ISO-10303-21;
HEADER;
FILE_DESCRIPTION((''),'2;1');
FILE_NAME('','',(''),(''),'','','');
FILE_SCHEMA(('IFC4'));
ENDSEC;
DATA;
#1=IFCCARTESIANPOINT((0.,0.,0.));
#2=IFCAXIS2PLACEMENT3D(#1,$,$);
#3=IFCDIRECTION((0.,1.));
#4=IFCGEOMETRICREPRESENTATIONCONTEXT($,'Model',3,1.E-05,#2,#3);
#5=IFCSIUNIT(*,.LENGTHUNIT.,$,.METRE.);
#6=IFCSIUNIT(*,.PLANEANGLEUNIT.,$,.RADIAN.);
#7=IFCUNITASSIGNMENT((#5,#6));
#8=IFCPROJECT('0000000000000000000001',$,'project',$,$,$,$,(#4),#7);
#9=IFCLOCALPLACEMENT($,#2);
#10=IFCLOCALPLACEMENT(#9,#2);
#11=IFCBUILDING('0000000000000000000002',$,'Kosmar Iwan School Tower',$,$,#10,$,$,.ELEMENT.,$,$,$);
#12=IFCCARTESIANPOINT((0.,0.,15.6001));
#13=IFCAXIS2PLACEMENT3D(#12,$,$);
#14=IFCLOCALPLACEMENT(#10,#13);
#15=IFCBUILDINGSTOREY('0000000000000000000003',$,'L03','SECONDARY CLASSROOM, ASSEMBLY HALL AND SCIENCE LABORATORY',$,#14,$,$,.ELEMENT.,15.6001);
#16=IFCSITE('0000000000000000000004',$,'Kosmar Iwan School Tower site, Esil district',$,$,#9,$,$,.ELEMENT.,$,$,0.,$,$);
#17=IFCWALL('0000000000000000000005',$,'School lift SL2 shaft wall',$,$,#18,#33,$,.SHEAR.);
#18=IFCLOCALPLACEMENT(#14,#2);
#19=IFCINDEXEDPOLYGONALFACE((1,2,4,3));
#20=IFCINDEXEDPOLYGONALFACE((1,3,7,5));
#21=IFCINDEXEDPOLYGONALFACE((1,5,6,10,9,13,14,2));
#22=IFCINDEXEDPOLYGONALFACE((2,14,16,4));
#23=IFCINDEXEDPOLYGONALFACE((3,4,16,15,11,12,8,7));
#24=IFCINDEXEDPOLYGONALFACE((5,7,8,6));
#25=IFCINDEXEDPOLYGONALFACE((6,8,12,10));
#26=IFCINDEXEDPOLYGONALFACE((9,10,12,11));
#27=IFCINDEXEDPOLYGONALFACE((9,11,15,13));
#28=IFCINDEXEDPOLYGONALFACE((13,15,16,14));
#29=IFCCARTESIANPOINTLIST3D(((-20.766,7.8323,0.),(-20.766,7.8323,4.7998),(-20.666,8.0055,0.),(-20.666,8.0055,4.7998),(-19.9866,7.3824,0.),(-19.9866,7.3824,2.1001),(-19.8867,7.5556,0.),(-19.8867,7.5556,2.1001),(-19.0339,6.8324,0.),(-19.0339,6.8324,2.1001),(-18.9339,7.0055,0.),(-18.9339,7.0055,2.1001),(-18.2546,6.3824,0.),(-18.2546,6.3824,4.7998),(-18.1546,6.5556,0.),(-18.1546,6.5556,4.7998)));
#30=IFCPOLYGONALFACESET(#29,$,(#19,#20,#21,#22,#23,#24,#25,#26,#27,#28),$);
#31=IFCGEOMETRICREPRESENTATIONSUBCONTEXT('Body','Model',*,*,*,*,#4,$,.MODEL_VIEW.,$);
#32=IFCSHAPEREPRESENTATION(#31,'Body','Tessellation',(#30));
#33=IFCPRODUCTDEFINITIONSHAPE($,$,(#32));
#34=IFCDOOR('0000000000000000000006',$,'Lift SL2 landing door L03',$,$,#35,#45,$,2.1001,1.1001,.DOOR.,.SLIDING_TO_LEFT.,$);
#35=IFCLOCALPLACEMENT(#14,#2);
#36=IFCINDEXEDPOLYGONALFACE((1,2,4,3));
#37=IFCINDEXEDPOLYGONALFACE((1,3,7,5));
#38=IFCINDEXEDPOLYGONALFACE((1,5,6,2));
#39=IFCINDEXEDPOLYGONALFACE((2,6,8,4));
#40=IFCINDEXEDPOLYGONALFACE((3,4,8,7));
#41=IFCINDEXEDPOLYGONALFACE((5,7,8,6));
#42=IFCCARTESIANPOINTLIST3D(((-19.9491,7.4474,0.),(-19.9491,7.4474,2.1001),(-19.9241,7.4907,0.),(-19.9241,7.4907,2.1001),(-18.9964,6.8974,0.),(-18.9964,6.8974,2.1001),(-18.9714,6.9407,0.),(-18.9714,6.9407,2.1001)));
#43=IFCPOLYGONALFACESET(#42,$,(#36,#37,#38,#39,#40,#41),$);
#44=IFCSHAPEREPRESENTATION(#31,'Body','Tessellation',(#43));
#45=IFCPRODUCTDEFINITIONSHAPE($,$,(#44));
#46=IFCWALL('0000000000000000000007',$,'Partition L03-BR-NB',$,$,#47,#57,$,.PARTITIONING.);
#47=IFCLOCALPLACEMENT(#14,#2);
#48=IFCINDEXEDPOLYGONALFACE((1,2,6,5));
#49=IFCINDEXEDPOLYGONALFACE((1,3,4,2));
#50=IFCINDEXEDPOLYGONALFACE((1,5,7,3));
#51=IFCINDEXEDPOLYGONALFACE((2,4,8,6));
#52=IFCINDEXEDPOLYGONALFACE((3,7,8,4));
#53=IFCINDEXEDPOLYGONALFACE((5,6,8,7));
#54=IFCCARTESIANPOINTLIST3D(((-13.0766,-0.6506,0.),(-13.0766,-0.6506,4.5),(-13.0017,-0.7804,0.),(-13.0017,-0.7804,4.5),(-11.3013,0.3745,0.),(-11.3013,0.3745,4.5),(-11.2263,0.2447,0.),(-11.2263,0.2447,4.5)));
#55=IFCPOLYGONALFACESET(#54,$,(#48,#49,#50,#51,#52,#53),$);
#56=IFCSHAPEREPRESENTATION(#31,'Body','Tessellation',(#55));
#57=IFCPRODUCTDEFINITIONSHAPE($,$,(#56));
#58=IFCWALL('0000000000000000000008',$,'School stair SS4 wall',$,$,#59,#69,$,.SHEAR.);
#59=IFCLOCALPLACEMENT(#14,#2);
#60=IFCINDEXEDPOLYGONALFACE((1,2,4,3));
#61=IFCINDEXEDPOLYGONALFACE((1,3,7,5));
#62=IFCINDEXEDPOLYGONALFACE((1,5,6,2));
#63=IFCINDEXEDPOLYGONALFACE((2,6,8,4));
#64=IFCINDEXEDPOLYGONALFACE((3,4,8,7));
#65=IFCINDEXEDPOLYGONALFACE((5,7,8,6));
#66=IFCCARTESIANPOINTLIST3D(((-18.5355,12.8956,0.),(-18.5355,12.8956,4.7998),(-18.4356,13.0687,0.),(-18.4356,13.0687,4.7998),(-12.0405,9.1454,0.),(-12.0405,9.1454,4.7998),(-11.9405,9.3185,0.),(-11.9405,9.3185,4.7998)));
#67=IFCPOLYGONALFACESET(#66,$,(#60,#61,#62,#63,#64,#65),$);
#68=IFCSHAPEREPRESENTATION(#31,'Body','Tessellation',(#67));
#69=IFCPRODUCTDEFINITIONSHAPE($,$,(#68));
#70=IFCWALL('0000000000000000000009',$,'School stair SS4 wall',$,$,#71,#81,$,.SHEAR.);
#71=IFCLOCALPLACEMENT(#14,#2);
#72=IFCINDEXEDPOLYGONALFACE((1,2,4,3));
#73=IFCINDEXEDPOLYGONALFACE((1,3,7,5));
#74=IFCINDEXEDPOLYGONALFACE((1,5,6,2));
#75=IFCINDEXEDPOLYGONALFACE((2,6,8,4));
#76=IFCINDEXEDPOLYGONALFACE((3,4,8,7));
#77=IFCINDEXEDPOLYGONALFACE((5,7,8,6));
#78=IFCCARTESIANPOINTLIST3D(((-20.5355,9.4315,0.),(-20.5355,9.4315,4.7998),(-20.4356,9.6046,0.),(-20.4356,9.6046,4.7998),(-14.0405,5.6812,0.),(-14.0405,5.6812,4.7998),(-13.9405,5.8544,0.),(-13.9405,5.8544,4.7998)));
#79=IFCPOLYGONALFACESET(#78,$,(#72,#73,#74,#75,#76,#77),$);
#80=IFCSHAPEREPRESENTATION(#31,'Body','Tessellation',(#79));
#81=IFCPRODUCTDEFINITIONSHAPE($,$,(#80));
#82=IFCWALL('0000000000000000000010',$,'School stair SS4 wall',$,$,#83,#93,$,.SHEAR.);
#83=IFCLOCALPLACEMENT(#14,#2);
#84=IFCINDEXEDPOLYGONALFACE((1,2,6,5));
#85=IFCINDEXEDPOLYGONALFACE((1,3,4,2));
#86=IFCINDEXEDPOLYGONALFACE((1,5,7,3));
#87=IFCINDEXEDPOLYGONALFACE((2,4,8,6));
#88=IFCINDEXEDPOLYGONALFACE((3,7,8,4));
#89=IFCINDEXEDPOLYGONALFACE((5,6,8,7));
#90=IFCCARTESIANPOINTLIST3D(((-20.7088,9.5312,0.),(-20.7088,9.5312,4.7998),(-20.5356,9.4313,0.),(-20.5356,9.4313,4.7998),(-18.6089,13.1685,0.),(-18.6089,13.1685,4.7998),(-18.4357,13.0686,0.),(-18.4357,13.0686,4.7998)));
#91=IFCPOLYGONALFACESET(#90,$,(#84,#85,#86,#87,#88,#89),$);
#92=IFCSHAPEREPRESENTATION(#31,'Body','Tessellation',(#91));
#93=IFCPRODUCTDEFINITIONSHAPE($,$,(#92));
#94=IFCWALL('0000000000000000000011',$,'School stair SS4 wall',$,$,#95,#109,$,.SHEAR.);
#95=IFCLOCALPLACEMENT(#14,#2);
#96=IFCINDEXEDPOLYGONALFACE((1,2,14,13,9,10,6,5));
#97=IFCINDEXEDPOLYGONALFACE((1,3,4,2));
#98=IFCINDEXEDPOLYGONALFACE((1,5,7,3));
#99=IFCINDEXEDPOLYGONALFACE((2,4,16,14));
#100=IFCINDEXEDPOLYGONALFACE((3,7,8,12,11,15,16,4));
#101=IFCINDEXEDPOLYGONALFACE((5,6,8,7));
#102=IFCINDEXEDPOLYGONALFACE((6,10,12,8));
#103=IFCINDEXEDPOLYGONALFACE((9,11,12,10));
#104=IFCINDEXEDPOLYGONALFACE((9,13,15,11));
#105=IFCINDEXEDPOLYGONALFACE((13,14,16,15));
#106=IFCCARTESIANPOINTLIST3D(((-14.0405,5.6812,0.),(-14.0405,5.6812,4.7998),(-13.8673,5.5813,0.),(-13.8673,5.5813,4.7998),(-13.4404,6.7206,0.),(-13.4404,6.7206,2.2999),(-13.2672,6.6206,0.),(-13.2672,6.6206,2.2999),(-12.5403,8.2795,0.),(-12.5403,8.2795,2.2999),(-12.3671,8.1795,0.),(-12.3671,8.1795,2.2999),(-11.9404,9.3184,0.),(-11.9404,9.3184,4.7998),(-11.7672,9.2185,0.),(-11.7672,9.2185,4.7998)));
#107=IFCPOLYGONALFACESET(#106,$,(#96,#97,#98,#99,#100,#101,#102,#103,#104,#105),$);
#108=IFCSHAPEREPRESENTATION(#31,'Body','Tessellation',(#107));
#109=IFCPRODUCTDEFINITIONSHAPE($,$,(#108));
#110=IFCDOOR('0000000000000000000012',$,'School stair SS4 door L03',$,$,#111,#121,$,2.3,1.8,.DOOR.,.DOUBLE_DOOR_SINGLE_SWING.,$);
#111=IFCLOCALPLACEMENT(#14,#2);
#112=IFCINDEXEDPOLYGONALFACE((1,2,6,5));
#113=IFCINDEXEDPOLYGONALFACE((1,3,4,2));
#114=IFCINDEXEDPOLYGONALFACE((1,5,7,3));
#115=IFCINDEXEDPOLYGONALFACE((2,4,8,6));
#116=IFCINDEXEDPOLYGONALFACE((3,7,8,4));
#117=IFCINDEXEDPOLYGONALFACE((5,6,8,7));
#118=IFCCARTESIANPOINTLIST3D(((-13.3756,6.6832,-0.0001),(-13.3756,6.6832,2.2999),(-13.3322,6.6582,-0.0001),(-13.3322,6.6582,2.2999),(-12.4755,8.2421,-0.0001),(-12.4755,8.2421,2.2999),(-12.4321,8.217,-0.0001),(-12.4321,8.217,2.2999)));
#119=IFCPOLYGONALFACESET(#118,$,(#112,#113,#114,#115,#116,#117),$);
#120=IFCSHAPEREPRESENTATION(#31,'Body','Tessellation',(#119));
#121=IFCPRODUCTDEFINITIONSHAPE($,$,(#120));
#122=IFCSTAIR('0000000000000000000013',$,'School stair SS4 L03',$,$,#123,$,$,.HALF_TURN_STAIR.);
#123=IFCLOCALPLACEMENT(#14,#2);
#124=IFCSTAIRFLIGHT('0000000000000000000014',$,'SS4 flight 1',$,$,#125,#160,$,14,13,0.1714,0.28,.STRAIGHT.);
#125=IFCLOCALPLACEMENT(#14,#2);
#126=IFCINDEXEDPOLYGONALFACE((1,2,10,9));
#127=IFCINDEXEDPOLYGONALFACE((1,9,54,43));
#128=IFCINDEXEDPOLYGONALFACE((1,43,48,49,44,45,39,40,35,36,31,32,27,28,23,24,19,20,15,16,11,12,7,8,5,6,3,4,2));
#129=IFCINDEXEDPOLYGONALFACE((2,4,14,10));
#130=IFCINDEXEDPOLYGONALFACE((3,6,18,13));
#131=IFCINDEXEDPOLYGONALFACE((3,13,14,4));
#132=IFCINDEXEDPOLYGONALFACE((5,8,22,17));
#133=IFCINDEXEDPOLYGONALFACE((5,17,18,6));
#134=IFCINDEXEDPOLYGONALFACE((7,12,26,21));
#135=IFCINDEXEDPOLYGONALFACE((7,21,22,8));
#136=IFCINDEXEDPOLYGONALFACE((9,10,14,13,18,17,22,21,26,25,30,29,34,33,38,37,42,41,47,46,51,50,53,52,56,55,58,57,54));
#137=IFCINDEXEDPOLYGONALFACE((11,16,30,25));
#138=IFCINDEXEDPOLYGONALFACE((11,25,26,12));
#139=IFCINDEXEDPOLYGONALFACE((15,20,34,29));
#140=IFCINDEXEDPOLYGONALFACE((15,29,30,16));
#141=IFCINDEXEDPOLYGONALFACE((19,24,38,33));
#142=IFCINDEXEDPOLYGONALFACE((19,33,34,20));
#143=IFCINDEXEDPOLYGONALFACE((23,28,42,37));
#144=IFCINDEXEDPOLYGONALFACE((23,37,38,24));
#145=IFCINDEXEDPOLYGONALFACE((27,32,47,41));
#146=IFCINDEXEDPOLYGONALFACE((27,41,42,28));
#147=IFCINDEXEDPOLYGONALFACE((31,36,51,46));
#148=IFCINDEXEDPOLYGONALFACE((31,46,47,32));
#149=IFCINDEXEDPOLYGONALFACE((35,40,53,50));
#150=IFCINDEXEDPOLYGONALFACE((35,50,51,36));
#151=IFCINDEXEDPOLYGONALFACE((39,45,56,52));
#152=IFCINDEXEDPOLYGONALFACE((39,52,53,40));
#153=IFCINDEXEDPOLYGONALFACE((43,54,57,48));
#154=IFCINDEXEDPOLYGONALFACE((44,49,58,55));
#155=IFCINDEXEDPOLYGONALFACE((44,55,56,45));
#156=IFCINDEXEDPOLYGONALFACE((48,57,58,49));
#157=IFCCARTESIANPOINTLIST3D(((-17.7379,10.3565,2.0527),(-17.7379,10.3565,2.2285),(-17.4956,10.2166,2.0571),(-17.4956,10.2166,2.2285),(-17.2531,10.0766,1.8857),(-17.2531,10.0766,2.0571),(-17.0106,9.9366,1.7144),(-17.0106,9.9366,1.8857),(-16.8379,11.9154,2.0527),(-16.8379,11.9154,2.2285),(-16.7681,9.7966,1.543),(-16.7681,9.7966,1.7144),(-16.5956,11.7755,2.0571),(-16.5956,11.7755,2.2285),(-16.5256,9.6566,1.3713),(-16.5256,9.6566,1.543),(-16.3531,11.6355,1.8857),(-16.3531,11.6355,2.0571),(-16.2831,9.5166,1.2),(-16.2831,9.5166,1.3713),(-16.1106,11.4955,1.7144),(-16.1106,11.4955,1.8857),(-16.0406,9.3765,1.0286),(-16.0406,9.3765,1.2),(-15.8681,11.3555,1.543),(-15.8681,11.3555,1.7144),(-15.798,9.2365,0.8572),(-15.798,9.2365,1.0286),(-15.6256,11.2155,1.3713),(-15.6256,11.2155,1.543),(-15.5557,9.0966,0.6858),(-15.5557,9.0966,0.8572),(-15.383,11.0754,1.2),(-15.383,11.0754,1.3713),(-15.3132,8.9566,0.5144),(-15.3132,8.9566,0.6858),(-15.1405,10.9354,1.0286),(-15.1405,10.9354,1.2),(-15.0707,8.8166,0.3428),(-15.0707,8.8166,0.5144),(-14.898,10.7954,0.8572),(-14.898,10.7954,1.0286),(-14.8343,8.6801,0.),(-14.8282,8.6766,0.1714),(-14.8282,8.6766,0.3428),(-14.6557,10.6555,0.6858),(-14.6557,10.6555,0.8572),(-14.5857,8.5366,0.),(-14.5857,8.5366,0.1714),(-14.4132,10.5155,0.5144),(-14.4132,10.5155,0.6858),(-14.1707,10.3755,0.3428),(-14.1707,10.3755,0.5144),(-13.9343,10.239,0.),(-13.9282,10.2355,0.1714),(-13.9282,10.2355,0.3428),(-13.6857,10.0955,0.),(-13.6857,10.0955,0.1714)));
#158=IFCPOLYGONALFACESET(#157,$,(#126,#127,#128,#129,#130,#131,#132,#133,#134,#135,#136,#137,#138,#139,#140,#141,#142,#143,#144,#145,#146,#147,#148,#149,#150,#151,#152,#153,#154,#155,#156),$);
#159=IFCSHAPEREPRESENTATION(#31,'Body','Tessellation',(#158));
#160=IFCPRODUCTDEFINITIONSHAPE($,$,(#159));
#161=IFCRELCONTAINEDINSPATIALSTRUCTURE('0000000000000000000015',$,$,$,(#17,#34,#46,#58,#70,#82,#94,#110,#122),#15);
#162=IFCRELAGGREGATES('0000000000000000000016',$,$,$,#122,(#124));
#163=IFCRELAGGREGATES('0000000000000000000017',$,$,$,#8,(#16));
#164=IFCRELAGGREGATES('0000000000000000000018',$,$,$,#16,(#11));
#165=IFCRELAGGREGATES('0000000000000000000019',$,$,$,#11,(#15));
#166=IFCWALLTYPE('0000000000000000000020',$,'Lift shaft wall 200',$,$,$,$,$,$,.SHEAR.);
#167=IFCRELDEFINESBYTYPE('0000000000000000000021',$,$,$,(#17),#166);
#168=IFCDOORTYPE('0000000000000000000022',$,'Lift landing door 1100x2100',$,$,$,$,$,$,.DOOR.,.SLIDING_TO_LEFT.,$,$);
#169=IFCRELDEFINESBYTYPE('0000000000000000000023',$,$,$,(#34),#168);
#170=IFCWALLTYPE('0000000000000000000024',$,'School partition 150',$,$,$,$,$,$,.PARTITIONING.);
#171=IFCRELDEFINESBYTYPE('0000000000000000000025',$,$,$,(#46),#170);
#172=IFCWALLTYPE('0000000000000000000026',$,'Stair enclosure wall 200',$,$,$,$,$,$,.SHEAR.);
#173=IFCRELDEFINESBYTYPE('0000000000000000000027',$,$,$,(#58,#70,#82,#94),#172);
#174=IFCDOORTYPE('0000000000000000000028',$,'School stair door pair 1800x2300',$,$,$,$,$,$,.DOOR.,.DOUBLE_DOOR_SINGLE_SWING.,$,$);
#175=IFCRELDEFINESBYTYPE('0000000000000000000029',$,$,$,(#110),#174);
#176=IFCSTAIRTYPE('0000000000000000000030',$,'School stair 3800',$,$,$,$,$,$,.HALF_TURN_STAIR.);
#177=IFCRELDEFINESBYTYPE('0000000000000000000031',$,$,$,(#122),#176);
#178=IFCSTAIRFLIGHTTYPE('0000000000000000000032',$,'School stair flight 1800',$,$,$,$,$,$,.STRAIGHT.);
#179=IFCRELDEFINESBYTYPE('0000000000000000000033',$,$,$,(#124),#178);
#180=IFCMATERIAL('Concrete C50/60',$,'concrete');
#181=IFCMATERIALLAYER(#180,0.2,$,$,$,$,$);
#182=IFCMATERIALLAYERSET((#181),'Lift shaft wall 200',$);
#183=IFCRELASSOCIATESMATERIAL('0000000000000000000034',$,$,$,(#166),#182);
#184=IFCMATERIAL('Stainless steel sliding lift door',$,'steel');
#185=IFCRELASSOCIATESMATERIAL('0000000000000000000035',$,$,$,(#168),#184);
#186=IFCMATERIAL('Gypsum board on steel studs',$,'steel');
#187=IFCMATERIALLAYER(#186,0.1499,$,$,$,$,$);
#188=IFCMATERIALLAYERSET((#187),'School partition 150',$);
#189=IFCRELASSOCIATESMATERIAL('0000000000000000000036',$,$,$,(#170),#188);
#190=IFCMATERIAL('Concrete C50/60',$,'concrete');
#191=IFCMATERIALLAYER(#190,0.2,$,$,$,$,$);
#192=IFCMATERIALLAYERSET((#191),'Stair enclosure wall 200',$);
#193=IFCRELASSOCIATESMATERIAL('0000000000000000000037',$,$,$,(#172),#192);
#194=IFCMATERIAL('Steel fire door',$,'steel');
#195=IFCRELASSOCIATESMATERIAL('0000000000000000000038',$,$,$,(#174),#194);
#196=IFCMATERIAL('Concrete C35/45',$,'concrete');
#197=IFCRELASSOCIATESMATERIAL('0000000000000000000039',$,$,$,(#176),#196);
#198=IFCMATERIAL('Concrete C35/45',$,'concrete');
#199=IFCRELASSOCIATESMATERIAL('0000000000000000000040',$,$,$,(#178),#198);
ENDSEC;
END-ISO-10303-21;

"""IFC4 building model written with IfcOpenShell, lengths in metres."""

from ifc_helpers import new_model, si_unit, direction, frame, frame_2d, origin, place, context, subcontext, project, spatial, polyline, rectangle, outline, extrude, material, layer, layer_set, type_object, element, fill, aggregate, save


model = new_model("IFC4")

# Units and contexts
model_context = context("Model", 3, precision=1e-05, world=origin(), true_north=direction((0.0, 1.0)))
body_context = subcontext(model_context, "Body", "Model", "MODEL_VIEW")
ifc_project = project(units=[si_unit("LENGTHUNIT", "METRE"), si_unit("PLANEANGLEUNIT", "RADIAN")], contexts=[model_context])

# Site, building, storey
site_placement = place(None, origin())
site = spatial("IfcSite", under=ifc_project, at=site_placement, Name="Kosmar Iwan School Tower site, Esil district", CompositionType="ELEMENT", RefElevation=0.0)
building_placement = place(site_placement, origin())
building = spatial("IfcBuilding", under=site, at=building_placement, Name="Kosmar Iwan School Tower", CompositionType="ELEMENT")
storey_placement = place(building_placement, frame((0.0, 0.0, 15.6001)))
storey = spatial("IfcBuildingStorey", under=building, at=storey_placement, Name="L03", Description="SECONDARY CLASSROOM, ASSEMBLY HALL AND SCIENCE LABORATORY", CompositionType="ELEMENT", Elevation=15.6001)

# Shared definitions
ifc_material_1 = material(Name="Concrete C50/60", Category="concrete")
ifc_layer_1 = layer(ifc_material_1, 0.2)
ifc_layer_set_1 = layer_set([ifc_layer_1], Name="Lift shaft wall 200")
wall_type_1 = type_object("IfcWallType", Name="Lift shaft wall 200", PredefinedType="SHEAR", material=ifc_layer_set_1)

# Wall, opening, door
wall_1_placement = place(storey_placement, frame((-18.2046, 6.469, 0.0), z_axis=(0.0, 0.0, 1.0), x_axis=(-0.866033, 0.499987, 0.0)))
wall_1 = element("IfcWall", 1, at=wall_1_placement, inside=storey, type_object=wall_type_1, Name="School lift SL2 shaft wall", PredefinedType="SHEAR", context=body_context, shape_type="SweptSolid", body=[
    extrude(rectangle(XDim=2.8999, YDim=0.2, at=frame_2d((1.45, 0.0))), origin(), (0.0, 0.0, 1.0), 4.7998),
])
opening_1_placement = place(wall_1_placement, frame((0.8999, 0.0, 0.0)))
opening_1 = element("IfcOpeningElement", 2, at=opening_1_placement, cuts=wall_1, PredefinedType="OPENING", context=body_context, shape_type="SweptSolid", body=[
    extrude(rectangle(XDim=1.1001, YDim=2.1001, at=frame_2d((0.55, 1.05))), frame((0.0, 0.1121, 0.0), z_axis=(0.0, -1.0, 0.0), x_axis=(1.0, 0.0, 0.0)), (0.0, 0.0, 1.0), 0.2239),
])
ifc_material_2 = material(Name="Stainless steel sliding lift door", Category="steel")
door_type_1 = type_object("IfcDoorType", Name="Lift landing door 1100x2100", OperationType="SLIDING_TO_LEFT", PredefinedType="DOOR", material=ifc_material_2)
door_1_placement = place(opening_1_placement, origin())
door_1 = element("IfcDoor", 3, at=door_1_placement, inside=storey, type_object=door_type_1, Name="Lift SL2 landing door L03", OperationType="SLIDING_TO_LEFT", OverallHeight=2.1001, OverallWidth=1.1001, PredefinedType="DOOR", context=body_context, shape_type="SweptSolid", body=[
    extrude(rectangle(XDim=1.1001, YDim=2.1001, at=frame_2d((0.55, 1.05))), frame((0.0, 0.0249, 0.0), z_axis=(0.0, -1.0, 0.0), x_axis=(1.0, 0.0, 0.0)), (0.0, 0.0, 1.0), 0.05),
])
fill(opening_1, door_1)

# Walls
ifc_material_3 = material(Name="Gypsum board on steel studs", Category="steel")
ifc_layer_2 = layer(ifc_material_3, 0.1499)
ifc_layer_set_2 = layer_set([ifc_layer_2], Name="School partition 150")
wall_type_2 = type_object("IfcWallType", Name="School partition 150", PredefinedType="PARTITIONING", material=ifc_layer_set_2)
wall_2_placement = place(storey_placement, frame((-11.2639, 0.3096, 0.0), z_axis=(0.0, 0.0, 1.0), x_axis=(-0.865999, -0.500045, 0.0)))
element("IfcWall", 4, at=wall_2_placement, inside=storey, type_object=wall_type_2, Name="Partition L03-BR-NB", PredefinedType="PARTITIONING", context=body_context, shape_type="SweptSolid", body=[
    extrude(rectangle(XDim=2.05, YDim=0.1499, at=frame_2d((1.0249, 0.0))), origin(), (0.0, 0.0, 1.0), 4.5),
])
ifc_material_4 = material(Name="Concrete C50/60", Category="concrete")
ifc_layer_3 = layer(ifc_material_4, 0.2)
ifc_layer_set_3 = layer_set([ifc_layer_3], Name="Stair enclosure wall 200")
wall_type_3 = type_object("IfcWallType", Name="Stair enclosure wall 200", PredefinedType="SHEAR", material=ifc_layer_set_3)
for number, where, z_axis, x_axis, name in (
    (5, (-11.9905, 9.2319, 0.0), (0.0, 0.0, 1.0), (-0.866009, 0.500029, 0.0), "School stair SS4 wall"),
    (6, (-13.9905, 5.7678, 0.0), (0.0, 0.0, 1.0), (-0.866009, 0.500029, 0.0), "School stair SS4 wall"),
):
    element("IfcWall", number, at=place(storey_placement, frame(where, z_axis=z_axis, x_axis=x_axis)), inside=storey, type_object=wall_type_3, Name=name, PredefinedType="SHEAR", context=body_context, shape_type="SweptSolid", body=[
        extrude(rectangle(XDim=7.5, YDim=0.2, at=frame_2d((3.75, 0.0))), origin(), (0.0, 0.0, 1.0), 4.7998),
    ])
wall_3_placement = place(storey_placement, frame((-18.5222, 13.1187, 0.0), z_axis=(0.0, 0.0, 1.0), x_axis=(-0.499984, -0.866035, 0.0)))
element("IfcWall", 7, at=wall_3_placement, inside=storey, type_object=wall_type_3, Name="School stair SS4 wall", PredefinedType="SHEAR", context=body_context, shape_type="SweptSolid", body=[
    extrude(rectangle(XDim=4.2, YDim=0.2, at=frame_2d((2.1001, 0.0))), origin(), (0.0, 0.0, 1.0), 4.7998),
])

# Wall, opening, door
wall_4_placement = place(storey_placement, frame((-11.8538, 9.2686, 0.0), z_axis=(0.0, 0.0, 1.0), x_axis=(-0.500028, -0.866009, 0.0)))
wall_4 = element("IfcWall", 8, at=wall_4_placement, inside=storey, type_object=wall_type_3, Name="School stair SS4 wall", PredefinedType="SHEAR", context=body_context, shape_type="SweptSolid", body=[
    extrude(rectangle(XDim=4.2, YDim=0.2, at=frame_2d((2.1001, 0.0))), origin(), (0.0, 0.0, 1.0), 4.7998),
])
opening_2_placement = place(wall_4_placement, frame((1.2, 0.0, 0.0)))
opening_2 = element("IfcOpeningElement", 9, at=opening_2_placement, cuts=wall_4, PredefinedType="OPENING", context=body_context, shape_type="SweptSolid", body=[
    extrude(rectangle(XDim=1.8, YDim=2.3, at=frame_2d((0.8999, 1.1499))), frame((0.0, 0.1121, 0.0), z_axis=(0.0, -1.0, 0.0), x_axis=(1.0, 0.0, 0.0)), (0.0, 0.0, 1.0), 0.2239),
])
ifc_material_5 = material(Name="Steel fire door", Category="steel")
door_type_2 = type_object("IfcDoorType", Name="School stair door pair 1800x2300", OperationType="DOUBLE_DOOR_SINGLE_SWING", PredefinedType="DOOR", material=ifc_material_5)
door_2_placement = place(opening_2_placement, origin())
door_2 = element("IfcDoor", 10, at=door_2_placement, inside=storey, type_object=door_type_2, Name="School stair SS4 door L03", OperationType="DOUBLE_DOOR_SINGLE_SWING", OverallHeight=2.3, OverallWidth=1.8, PredefinedType="DOOR", context=body_context, shape_type="SweptSolid", body=[
    extrude(rectangle(XDim=1.8, YDim=2.3, at=frame_2d((0.8999, 1.1499))), frame((0.0, 0.0249, 0.0), z_axis=(0.0, -1.0, 0.0), x_axis=(1.0, 0.0, 0.0)), (0.0, 0.0, 1.0), 0.05),
])
fill(opening_2, door_2)

# Stair, stair flight
ifc_material_6 = material(Name="Concrete C35/45", Category="concrete")
stair_type = type_object("IfcStairType", Name="School stair 3800", PredefinedType="HALF_TURN_STAIR", material=ifc_material_6)
stair_placement = place(storey_placement, origin())
stair = element("IfcStair", 11, at=stair_placement, inside=storey, type_object=stair_type, Name="School stair SS4 L03", PredefinedType="HALF_TURN_STAIR")
ifc_material_7 = material(Name="Concrete C35/45", Category="concrete")
stair_flight_type = type_object("IfcStairFlightType", Name="School stair flight 1800", PredefinedType="STRAIGHT", material=ifc_material_7)
stair_flight_1_placement = place(storey_placement, frame((-14.1357, 9.3159, 0.0), z_axis=(0.0, 0.0, 1.0), x_axis=(-0.866025, 0.5, 0.0)))
stair_flight_1 = element("IfcStairFlight", 12, at=stair_flight_1_placement, type_object=stair_flight_type, Name="SS4 flight 1", NumberOfRisers=14, NumberOfTreads=13, PredefinedType="STRAIGHT", RiserHeight=0.1714, TreadLength=0.28, context=body_context, shape_type="SweptSolid", body=[
    extrude(outline(polyline([(0.0, 0.0), (0.0, 0.1714), (0.28, 0.1714), (0.28, 0.3428), (0.5601, 0.3428), (0.5601, 0.5144), (0.8401, 0.5144), (0.8401, 0.6858), (1.1201, 0.6858), (1.1201, 0.8572), (1.3999, 0.8572), (1.3999, 1.0286), (1.6799, 1.0286), (1.6799, 1.2), (1.96, 1.2), (1.96, 1.3713), (2.24, 1.3713), (2.24, 1.543), (2.52, 1.543), (2.52, 1.7144), (2.8, 1.7144), (2.8, 1.8857), (3.0801, 1.8857), (3.0801, 2.0571), (3.3601, 2.0571), (3.3601, 2.2285), (3.6399, 2.2285), (3.6399, 2.3999), (3.6399, 2.0527), (0.2871, 0.0), (0.0, 0.0)])), frame((0.0, 0.8999, 0.0), z_axis=(0.0, -1.0, 0.0), x_axis=(1.0, 0.0, 0.0)), (0.0, 0.0, 1.0), 1.8),
])
aggregate(stair, [stair_flight_1])

save(model, "model.ifc")
